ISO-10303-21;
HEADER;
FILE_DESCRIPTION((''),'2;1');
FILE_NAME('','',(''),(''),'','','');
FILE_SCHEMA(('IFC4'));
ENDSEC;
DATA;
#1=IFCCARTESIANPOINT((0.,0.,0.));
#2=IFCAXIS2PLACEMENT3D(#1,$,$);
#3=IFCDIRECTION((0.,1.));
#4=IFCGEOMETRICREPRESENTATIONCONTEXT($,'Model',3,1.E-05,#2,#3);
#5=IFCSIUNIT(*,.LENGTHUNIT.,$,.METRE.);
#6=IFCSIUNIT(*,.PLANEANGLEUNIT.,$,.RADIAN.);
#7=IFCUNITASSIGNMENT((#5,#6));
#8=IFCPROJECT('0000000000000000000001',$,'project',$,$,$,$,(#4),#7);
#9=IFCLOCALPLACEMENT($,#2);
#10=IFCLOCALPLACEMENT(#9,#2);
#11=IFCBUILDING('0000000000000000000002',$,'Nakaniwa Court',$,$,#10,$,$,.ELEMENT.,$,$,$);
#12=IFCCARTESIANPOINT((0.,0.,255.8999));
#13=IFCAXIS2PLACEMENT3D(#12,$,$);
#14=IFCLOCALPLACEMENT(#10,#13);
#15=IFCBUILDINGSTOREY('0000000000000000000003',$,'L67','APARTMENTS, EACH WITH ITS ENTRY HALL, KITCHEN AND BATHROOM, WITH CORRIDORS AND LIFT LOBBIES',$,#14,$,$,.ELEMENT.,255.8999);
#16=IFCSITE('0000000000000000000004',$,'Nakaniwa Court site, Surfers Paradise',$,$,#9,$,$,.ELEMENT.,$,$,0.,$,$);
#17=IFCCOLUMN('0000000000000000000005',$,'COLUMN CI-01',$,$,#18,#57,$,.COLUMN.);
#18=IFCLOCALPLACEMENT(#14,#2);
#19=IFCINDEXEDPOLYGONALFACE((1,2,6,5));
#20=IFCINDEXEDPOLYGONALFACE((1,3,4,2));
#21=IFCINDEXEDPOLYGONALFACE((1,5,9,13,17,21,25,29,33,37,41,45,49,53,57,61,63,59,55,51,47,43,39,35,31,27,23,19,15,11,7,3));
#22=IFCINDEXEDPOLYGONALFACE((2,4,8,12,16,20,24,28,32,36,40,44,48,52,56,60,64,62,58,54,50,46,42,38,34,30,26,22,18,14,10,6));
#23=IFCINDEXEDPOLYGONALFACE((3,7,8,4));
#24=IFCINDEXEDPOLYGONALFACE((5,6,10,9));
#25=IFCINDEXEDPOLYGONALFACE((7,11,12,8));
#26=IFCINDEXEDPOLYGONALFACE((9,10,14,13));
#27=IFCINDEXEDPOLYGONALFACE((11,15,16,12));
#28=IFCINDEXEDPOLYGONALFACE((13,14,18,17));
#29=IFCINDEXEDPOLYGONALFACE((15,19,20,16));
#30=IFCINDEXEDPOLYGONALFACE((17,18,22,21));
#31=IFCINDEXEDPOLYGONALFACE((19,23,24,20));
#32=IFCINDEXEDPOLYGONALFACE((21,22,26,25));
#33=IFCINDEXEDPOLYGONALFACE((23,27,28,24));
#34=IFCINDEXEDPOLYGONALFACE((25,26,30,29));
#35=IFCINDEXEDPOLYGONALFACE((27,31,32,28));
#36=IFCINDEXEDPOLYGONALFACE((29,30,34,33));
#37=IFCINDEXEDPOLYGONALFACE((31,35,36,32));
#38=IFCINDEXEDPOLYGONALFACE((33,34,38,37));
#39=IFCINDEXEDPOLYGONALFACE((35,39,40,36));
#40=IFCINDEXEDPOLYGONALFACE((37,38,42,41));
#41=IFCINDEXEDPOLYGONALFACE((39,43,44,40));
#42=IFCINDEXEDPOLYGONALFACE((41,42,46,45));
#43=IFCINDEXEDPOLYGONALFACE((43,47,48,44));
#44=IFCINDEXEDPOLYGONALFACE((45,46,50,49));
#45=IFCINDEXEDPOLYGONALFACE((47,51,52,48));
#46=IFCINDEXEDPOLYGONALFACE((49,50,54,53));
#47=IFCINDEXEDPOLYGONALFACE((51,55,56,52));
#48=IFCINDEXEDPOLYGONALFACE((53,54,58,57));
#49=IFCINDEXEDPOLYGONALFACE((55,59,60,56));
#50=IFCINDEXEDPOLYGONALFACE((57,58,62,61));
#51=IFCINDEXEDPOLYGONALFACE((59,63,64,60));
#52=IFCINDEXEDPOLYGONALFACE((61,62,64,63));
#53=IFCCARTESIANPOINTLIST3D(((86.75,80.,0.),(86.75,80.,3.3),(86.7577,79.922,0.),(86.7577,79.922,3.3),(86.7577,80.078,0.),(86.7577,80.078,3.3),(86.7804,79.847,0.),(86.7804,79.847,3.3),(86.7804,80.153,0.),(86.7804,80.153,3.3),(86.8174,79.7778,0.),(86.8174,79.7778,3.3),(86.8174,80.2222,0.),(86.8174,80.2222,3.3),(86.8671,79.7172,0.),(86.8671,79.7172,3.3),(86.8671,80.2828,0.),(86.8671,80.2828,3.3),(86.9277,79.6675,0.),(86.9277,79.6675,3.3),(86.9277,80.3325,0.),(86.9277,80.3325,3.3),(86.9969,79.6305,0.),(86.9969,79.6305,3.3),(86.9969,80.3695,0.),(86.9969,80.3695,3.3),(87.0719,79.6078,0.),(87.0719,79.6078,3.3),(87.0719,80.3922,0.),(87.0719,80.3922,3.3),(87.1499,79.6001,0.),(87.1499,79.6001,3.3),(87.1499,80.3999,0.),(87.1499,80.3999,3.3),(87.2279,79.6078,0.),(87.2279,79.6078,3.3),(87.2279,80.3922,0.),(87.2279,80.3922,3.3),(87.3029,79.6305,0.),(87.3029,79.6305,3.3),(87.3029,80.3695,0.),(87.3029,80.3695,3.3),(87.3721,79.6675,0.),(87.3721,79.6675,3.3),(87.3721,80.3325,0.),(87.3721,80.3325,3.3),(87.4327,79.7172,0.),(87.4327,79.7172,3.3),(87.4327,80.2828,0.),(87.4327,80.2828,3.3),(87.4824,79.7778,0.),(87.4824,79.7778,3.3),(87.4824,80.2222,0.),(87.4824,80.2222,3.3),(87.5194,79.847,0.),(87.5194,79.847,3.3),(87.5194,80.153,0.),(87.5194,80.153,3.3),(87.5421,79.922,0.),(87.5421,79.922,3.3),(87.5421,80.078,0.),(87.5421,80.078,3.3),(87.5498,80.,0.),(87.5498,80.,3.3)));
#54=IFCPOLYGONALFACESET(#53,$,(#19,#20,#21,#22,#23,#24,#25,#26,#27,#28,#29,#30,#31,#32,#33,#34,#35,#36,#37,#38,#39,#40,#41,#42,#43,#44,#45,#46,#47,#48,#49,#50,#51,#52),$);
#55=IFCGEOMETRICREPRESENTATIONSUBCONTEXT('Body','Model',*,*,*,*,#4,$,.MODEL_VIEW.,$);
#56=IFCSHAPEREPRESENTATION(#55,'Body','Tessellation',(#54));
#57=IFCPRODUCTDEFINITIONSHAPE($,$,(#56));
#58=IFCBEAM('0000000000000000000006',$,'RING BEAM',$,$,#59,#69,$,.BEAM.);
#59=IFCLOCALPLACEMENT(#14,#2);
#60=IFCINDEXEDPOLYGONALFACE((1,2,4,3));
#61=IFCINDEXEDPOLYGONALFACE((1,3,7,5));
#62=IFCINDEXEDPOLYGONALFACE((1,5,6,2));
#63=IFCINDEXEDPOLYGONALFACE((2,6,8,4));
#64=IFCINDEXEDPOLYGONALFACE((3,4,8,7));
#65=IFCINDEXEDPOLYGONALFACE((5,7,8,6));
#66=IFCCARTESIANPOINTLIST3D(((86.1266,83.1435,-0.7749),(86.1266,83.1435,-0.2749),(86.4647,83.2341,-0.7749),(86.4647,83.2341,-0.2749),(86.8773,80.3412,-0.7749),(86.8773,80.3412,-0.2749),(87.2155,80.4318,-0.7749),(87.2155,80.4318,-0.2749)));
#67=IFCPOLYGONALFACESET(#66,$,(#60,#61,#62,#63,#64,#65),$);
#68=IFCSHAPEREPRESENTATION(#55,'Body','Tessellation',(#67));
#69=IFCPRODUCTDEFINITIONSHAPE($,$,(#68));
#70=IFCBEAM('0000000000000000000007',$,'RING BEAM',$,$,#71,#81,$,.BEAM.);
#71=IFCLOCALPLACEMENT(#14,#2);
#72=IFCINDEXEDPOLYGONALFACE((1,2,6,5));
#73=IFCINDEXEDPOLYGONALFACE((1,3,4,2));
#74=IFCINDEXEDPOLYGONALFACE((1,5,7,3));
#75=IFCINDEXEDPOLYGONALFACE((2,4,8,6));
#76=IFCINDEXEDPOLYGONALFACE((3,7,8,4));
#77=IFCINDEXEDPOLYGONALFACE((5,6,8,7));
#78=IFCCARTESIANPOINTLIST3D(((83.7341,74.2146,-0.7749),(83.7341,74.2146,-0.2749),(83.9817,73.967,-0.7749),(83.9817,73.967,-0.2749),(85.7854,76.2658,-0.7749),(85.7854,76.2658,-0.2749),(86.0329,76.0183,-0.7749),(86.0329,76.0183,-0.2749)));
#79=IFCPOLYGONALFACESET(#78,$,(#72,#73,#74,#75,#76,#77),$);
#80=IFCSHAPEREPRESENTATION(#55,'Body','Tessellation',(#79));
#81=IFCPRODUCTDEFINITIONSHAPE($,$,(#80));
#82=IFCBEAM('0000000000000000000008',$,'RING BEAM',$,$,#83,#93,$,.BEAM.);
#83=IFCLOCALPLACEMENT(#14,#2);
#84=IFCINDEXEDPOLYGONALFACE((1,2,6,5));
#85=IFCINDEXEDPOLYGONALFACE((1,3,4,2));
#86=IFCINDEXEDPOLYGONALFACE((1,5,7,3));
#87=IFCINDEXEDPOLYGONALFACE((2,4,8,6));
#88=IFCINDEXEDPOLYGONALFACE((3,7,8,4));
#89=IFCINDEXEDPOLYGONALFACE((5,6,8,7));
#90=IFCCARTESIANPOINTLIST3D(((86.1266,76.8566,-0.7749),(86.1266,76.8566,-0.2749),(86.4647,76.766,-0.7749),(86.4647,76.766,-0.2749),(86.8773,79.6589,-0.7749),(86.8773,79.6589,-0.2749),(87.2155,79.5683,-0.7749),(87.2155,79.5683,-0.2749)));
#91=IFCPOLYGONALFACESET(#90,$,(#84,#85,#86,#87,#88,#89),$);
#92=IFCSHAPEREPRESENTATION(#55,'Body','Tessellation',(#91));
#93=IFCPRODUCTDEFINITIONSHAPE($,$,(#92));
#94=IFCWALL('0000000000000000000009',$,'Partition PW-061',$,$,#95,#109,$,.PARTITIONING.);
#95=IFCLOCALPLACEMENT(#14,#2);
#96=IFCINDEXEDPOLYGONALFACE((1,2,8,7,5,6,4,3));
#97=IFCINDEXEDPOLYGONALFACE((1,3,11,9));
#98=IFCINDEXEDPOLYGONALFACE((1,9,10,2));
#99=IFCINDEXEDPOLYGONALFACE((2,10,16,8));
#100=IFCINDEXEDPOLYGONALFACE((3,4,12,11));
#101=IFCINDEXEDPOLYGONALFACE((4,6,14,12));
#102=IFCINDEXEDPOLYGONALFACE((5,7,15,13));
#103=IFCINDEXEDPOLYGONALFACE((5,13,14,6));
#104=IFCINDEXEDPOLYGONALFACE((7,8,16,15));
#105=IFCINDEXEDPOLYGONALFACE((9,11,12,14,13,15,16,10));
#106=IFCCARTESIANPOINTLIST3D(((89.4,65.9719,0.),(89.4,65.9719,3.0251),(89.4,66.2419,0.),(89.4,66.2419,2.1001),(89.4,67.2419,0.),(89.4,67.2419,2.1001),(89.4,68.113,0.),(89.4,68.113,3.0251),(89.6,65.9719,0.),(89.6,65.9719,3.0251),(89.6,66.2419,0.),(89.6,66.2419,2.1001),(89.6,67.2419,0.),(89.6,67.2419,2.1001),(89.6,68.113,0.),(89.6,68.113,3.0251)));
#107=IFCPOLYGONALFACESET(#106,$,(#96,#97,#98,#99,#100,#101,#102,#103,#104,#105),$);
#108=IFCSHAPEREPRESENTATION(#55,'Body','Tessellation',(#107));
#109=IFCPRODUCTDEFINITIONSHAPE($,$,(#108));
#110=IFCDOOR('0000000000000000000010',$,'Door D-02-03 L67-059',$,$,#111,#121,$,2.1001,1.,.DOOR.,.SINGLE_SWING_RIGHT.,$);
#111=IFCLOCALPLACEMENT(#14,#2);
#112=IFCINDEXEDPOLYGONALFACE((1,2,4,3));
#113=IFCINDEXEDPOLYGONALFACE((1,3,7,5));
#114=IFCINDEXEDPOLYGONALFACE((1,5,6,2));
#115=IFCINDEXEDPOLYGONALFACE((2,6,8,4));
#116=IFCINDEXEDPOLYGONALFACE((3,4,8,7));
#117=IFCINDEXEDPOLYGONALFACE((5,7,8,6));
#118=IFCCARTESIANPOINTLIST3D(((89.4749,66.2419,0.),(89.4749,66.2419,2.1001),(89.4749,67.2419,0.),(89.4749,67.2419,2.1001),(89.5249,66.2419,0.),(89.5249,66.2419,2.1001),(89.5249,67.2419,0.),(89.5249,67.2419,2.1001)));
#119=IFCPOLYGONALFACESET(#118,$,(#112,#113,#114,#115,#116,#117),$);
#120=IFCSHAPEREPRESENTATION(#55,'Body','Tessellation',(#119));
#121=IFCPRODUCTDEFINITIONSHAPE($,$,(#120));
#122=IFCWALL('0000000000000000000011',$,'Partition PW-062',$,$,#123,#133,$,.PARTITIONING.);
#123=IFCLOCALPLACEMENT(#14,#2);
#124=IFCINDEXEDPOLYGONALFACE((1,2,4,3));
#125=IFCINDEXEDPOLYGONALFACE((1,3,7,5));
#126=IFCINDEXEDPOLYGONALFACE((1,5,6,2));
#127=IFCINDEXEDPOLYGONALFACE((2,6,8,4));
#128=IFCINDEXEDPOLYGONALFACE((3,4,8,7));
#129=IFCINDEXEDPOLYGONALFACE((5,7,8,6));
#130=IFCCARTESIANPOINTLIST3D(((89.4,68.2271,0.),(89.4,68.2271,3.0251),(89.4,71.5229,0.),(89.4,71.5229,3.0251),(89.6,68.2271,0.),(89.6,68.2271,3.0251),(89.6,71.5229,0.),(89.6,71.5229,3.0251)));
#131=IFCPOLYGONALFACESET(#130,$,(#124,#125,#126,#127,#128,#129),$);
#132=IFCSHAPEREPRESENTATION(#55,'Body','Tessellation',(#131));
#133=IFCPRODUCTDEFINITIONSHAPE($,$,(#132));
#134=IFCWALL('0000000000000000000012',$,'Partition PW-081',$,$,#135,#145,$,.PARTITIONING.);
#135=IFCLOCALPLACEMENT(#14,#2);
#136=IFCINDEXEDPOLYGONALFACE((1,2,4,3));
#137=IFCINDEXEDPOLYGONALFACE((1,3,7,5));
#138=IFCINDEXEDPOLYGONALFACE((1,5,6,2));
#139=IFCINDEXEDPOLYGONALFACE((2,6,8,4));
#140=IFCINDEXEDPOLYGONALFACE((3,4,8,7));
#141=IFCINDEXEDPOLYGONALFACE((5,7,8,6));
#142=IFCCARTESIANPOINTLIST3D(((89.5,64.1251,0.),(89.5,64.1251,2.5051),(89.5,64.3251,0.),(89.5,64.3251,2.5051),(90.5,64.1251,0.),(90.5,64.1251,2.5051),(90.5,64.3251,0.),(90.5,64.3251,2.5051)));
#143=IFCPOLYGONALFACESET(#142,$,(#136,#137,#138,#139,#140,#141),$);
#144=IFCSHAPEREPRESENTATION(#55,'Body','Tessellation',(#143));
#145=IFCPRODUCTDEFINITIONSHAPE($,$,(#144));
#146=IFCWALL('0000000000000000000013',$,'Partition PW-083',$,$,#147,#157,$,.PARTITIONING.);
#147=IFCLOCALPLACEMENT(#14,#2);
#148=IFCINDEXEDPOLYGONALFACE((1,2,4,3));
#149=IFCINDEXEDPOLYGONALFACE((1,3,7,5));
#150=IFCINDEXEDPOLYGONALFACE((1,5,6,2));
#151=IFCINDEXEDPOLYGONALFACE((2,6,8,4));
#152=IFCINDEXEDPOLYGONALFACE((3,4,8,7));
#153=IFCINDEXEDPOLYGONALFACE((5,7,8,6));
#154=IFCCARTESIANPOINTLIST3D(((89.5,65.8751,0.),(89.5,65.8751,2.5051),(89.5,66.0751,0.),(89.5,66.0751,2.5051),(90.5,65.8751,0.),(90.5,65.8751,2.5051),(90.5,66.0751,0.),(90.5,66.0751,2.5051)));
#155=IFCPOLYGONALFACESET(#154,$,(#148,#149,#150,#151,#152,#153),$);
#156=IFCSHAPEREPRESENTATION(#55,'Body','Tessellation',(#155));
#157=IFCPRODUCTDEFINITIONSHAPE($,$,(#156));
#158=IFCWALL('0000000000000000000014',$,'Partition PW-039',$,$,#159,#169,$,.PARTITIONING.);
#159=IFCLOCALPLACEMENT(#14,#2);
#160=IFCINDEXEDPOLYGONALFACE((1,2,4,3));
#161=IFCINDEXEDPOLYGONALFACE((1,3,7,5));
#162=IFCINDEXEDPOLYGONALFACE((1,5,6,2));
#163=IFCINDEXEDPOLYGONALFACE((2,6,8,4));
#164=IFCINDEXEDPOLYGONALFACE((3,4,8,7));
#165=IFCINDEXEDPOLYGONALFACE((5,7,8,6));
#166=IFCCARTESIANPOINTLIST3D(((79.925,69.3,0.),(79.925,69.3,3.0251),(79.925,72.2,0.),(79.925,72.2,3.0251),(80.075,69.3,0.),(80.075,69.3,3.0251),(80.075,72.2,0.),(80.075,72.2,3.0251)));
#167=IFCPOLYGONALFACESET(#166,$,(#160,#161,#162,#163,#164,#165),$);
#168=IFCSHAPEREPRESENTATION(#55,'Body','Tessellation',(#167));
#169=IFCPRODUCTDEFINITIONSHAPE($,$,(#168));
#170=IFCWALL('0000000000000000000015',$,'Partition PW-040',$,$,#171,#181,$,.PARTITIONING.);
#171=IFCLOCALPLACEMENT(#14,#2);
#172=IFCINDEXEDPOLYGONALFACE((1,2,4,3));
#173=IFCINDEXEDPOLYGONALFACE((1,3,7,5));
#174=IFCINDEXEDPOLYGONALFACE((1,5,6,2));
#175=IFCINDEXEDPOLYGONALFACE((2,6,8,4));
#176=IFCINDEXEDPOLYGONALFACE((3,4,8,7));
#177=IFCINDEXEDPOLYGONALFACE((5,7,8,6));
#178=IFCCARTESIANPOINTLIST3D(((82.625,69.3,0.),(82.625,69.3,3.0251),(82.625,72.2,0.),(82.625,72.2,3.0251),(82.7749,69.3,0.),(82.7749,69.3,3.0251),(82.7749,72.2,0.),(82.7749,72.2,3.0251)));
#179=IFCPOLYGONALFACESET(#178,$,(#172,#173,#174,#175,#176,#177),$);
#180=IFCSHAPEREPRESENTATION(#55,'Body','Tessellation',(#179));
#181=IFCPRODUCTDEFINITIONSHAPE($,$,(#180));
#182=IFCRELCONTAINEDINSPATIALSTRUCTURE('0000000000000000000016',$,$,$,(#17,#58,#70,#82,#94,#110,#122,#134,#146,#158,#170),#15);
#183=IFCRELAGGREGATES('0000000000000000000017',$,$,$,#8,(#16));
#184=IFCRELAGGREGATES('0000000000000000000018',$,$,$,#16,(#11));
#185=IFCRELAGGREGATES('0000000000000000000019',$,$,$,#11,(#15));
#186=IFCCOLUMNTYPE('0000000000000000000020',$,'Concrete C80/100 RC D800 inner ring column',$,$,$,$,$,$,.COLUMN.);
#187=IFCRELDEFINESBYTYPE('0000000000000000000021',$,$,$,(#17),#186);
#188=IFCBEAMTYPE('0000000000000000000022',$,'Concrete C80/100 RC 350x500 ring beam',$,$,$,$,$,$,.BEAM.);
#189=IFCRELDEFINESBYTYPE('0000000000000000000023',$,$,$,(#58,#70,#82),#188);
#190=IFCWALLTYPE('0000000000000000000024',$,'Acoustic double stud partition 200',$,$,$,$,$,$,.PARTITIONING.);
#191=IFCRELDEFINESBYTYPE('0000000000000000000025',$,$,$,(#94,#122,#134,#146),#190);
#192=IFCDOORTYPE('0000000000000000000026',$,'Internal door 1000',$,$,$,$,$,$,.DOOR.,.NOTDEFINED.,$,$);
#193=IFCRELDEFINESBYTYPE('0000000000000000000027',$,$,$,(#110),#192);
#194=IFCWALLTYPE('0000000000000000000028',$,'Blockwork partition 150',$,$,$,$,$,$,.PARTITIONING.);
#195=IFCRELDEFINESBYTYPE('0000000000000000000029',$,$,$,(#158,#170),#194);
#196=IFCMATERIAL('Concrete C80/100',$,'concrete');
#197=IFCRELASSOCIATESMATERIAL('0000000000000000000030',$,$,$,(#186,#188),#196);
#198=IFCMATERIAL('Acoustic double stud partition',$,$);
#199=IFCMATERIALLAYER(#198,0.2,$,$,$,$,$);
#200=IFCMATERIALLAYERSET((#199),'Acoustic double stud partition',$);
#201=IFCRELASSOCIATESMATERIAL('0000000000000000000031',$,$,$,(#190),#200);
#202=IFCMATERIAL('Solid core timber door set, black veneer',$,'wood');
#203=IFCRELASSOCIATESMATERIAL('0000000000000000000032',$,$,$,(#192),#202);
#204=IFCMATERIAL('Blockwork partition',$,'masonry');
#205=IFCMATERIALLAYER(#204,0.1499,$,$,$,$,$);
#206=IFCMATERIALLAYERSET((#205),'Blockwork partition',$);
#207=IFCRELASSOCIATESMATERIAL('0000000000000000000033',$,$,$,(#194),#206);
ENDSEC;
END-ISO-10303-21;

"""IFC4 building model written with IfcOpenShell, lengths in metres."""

from ifc_helpers import new_model, si_unit, direction, frame, frame_2d, origin, origin_2d, place, context, subcontext, project, spatial, rectangle, circle, extrude, material, layer, layer_set, material_profile, profile_set, type_object, element, fill, save


model = new_model("IFC4")

# Units and contexts
model_context = context("Model", 3, precision=1e-05, world=origin(), true_north=direction((0.0, 1.0)))
body_context = subcontext(model_context, "Body", "Model", "MODEL_VIEW")
ifc_project = project(units=[si_unit("LENGTHUNIT", "METRE"), si_unit("PLANEANGLEUNIT", "RADIAN")], contexts=[model_context])

# Site, building, storey
site_placement = place(None, origin())
site = spatial("IfcSite", under=ifc_project, at=site_placement, Name="Nakaniwa Court site, Surfers Paradise", CompositionType="ELEMENT", RefElevation=0.0)
building_placement = place(site_placement, origin())
building = spatial("IfcBuilding", under=site, at=building_placement, Name="Nakaniwa Court", CompositionType="ELEMENT")
storey_placement = place(building_placement, frame((0.0, 0.0, 255.8999)))
storey = spatial("IfcBuildingStorey", under=building, at=storey_placement, Name="L67", Description="APARTMENTS, EACH WITH ITS ENTRY HALL, KITCHEN AND BATHROOM, WITH CORRIDORS AND LIFT LOBBIES", CompositionType="ELEMENT", Elevation=255.8999)

# Column
ifc_material_1 = material(Name="Concrete C80/100", Category="concrete")
ifc_material_profile_1 = material_profile(ifc_material_1, circle(Radius=0.3999, at=origin_2d()), Name="Concrete C80/100 RC D800 inner ring column")
ifc_profile_set_1 = profile_set([ifc_material_profile_1], Name="Concrete C80/100")
column_type = type_object("IfcColumnType", Name="Concrete C80/100 RC D800 inner ring column", PredefinedType="COLUMN", material=ifc_profile_set_1)
for number, where, z_axis, x_axis, name in (
    (1, (87.1499, 80.0, 0.0), (0.0, 0.0, 1.0), (0.0, 1.0, 0.0), "COLUMN CI-01"),
):
    element("IfcColumn", number, at=place(storey_placement, frame(where, z_axis=z_axis, x_axis=x_axis)), inside=storey, type_object=column_type, Name=name, PredefinedType="COLUMN", context=body_context, shape_type="SweptSolid", body=[
        extrude(circle(Radius=0.3999, at=origin_2d()), origin(), (0.0, 0.0, 1.0), 3.3),
    ])

# Beams
ifc_material_profile_2 = material_profile(ifc_material_1, rectangle(XDim=0.3501, YDim=0.5, at=origin_2d()), Name="Concrete C80/100 RC 350x500 ring beam")
ifc_profile_set_2 = profile_set([ifc_material_profile_2], Name="Concrete C80/100")
beam_type = type_object("IfcBeamType", Name="Concrete C80/100 RC 350x500 ring beam", PredefinedType="BEAM", material=ifc_profile_set_2)
beam_1_placement = place(storey_placement, frame((87.0464, 80.3865, -0.5249), z_axis=(-0.258778, 0.965937, 0.0), x_axis=(-0.965937, -0.258778, 0.0)))
element("IfcBeam", 2, at=beam_1_placement, inside=storey, type_object=beam_type, Name="RING BEAM", PredefinedType="BEAM", context=body_context, shape_type="SweptSolid", body=[
    extrude(rectangle(XDim=0.3501, YDim=0.5, at=origin_2d()), origin(), (0.0, 0.0, 1.0), 2.9011),
])
beam_2_placement = place(storey_placement, frame((83.8579, 74.0908, -0.5249), z_axis=(0.707107, 0.707107, 0.0), x_axis=(-0.707107, 0.707107, 0.0)))
element("IfcBeam", 3, at=beam_2_placement, inside=storey, type_object=beam_type, Name="RING BEAM", PredefinedType="BEAM", context=body_context, shape_type="SweptSolid", body=[
    extrude(rectangle(XDim=0.3501, YDim=0.5, at=origin_2d()), origin(), (0.0, 0.0, 1.0), 2.9009),
])
beam_3_placement = place(storey_placement, frame((86.2957, 76.8113, -0.5249), z_axis=(0.258778, 0.965937, 0.0), x_axis=(-0.965937, 0.258778, 0.0)))
element("IfcBeam", 4, at=beam_3_placement, inside=storey, type_object=beam_type, Name="RING BEAM", PredefinedType="BEAM", context=body_context, shape_type="SweptSolid", body=[
    extrude(rectangle(XDim=0.3501, YDim=0.5, at=origin_2d()), origin(), (0.0, 0.0, 1.0), 2.9011),
])

# Wall, opening, door
ifc_material_2 = material(Name="Acoustic double stud partition")
ifc_layer_1 = layer(ifc_material_2, 0.2)
ifc_layer_set_1 = layer_set([ifc_layer_1], Name="Acoustic double stud partition")
wall_type_1 = type_object("IfcWallType", Name="Acoustic double stud partition 200", PredefinedType="PARTITIONING", material=ifc_layer_set_1)
wall_1_placement = place(storey_placement, frame((89.5, 68.113, 0.0), z_axis=(0.0, 0.0, 1.0), x_axis=(0.0, -1.0, 0.0)))
wall_1 = element("IfcWall", 5, at=wall_1_placement, inside=storey, type_object=wall_type_1, Name="Partition PW-061", PredefinedType="PARTITIONING", context=body_context, shape_type="SweptSolid", body=[
    extrude(rectangle(XDim=2.1411, YDim=0.2, at=frame_2d((1.0706, 0.0))), origin(), (0.0, 0.0, 1.0), 3.0251),
])
opening_1_placement = place(wall_1_placement, frame((0.8711, 0.0, 0.0)))
opening_1 = element("IfcOpeningElement", 6, at=opening_1_placement, cuts=wall_1, PredefinedType="OPENING", context=body_context, shape_type="SweptSolid", body=[
    extrude(rectangle(XDim=1.0, YDim=2.1001, at=frame_2d((0.5, 1.05))), frame((0.0, 0.1099, 0.0), z_axis=(0.0, -1.0, 0.0), x_axis=(1.0, 0.0, 0.0)), (0.0, 0.0, 1.0), 0.22),
])
ifc_material_3 = material(Name="Solid core timber door set, black veneer", Category="wood")
door_type_1 = type_object("IfcDoorType", Name="Internal door 1000", OperationType="NOTDEFINED", PredefinedType="DOOR", material=ifc_material_3)
door_1_placement = place(opening_1_placement, origin())
door_1 = element("IfcDoor", 7, at=door_1_placement, inside=storey, type_object=door_type_1, Name="Door D-02-03 L67-059", OperationType="SINGLE_SWING_RIGHT", OverallHeight=2.1001, OverallWidth=1.0, PredefinedType="DOOR", context=body_context, shape_type="SweptSolid", body=[
    extrude(rectangle(XDim=1.0, YDim=2.1001, at=frame_2d((0.5, 1.05))), frame((0.0, 0.0249, 0.0), z_axis=(0.0, -1.0, 0.0), x_axis=(1.0, 0.0, 0.0)), (0.0, 0.0, 1.0), 0.05),
])
fill(opening_1, door_1)

# Walls
wall_2_placement = place(storey_placement, frame((89.5, 68.2271, 0.0), z_axis=(0.0, 0.0, 1.0), x_axis=(0.0, 1.0, 0.0)))
element("IfcWall", 8, at=wall_2_placement, inside=storey, type_object=wall_type_1, Name="Partition PW-062", PredefinedType="PARTITIONING", context=body_context, shape_type="SweptSolid", body=[
    extrude(rectangle(XDim=3.2959, YDim=0.2, at=frame_2d((1.6479, 0.0))), origin(), (0.0, 0.0, 1.0), 3.0251),
])
for number, where, z_axis, x_axis, name in (
    (9, (89.5, 64.2251, 0.0), (0.0, 0.0, 1.0), (1.0, 0.0, 0.0), "Partition PW-081"),
    (10, (89.5, 65.9751, 0.0), (0.0, 0.0, 1.0), (1.0, 0.0, 0.0), "Partition PW-083"),
):
    element("IfcWall", number, at=place(storey_placement, frame(where, z_axis=z_axis, x_axis=x_axis)), inside=storey, type_object=wall_type_1, Name=name, PredefinedType="PARTITIONING", context=body_context, shape_type="SweptSolid", body=[
        extrude(rectangle(XDim=1.0, YDim=0.2, at=frame_2d((0.5, 0.0))), origin(), (0.0, 0.0, 1.0), 2.5051),
    ])
ifc_material_4 = material(Name="Blockwork partition", Category="masonry")
ifc_layer_2 = layer(ifc_material_4, 0.1499)
ifc_layer_set_2 = layer_set([ifc_layer_2], Name="Blockwork partition")
wall_type_2 = type_object("IfcWallType", Name="Blockwork partition 150", PredefinedType="PARTITIONING", material=ifc_layer_set_2)
for number, where, z_axis, x_axis, name in (
    (11, (80.0, 69.3, 0.0), (0.0, 0.0, 1.0), (0.0, 1.0, 0.0), "Partition PW-039"),
    (12, (82.7, 69.3, 0.0), (0.0, 0.0, 1.0), (0.0, 1.0, 0.0), "Partition PW-040"),
):
    element("IfcWall", number, at=place(storey_placement, frame(where, z_axis=z_axis, x_axis=x_axis)), inside=storey, type_object=wall_type_2, Name=name, PredefinedType="PARTITIONING", context=body_context, shape_type="SweptSolid", body=[
        extrude(rectangle(XDim=2.8999, YDim=0.1499, at=frame_2d((1.45, 0.0))), origin(), (0.0, 0.0, 1.0), 3.0251),
    ])

save(model, "model.ifc")
